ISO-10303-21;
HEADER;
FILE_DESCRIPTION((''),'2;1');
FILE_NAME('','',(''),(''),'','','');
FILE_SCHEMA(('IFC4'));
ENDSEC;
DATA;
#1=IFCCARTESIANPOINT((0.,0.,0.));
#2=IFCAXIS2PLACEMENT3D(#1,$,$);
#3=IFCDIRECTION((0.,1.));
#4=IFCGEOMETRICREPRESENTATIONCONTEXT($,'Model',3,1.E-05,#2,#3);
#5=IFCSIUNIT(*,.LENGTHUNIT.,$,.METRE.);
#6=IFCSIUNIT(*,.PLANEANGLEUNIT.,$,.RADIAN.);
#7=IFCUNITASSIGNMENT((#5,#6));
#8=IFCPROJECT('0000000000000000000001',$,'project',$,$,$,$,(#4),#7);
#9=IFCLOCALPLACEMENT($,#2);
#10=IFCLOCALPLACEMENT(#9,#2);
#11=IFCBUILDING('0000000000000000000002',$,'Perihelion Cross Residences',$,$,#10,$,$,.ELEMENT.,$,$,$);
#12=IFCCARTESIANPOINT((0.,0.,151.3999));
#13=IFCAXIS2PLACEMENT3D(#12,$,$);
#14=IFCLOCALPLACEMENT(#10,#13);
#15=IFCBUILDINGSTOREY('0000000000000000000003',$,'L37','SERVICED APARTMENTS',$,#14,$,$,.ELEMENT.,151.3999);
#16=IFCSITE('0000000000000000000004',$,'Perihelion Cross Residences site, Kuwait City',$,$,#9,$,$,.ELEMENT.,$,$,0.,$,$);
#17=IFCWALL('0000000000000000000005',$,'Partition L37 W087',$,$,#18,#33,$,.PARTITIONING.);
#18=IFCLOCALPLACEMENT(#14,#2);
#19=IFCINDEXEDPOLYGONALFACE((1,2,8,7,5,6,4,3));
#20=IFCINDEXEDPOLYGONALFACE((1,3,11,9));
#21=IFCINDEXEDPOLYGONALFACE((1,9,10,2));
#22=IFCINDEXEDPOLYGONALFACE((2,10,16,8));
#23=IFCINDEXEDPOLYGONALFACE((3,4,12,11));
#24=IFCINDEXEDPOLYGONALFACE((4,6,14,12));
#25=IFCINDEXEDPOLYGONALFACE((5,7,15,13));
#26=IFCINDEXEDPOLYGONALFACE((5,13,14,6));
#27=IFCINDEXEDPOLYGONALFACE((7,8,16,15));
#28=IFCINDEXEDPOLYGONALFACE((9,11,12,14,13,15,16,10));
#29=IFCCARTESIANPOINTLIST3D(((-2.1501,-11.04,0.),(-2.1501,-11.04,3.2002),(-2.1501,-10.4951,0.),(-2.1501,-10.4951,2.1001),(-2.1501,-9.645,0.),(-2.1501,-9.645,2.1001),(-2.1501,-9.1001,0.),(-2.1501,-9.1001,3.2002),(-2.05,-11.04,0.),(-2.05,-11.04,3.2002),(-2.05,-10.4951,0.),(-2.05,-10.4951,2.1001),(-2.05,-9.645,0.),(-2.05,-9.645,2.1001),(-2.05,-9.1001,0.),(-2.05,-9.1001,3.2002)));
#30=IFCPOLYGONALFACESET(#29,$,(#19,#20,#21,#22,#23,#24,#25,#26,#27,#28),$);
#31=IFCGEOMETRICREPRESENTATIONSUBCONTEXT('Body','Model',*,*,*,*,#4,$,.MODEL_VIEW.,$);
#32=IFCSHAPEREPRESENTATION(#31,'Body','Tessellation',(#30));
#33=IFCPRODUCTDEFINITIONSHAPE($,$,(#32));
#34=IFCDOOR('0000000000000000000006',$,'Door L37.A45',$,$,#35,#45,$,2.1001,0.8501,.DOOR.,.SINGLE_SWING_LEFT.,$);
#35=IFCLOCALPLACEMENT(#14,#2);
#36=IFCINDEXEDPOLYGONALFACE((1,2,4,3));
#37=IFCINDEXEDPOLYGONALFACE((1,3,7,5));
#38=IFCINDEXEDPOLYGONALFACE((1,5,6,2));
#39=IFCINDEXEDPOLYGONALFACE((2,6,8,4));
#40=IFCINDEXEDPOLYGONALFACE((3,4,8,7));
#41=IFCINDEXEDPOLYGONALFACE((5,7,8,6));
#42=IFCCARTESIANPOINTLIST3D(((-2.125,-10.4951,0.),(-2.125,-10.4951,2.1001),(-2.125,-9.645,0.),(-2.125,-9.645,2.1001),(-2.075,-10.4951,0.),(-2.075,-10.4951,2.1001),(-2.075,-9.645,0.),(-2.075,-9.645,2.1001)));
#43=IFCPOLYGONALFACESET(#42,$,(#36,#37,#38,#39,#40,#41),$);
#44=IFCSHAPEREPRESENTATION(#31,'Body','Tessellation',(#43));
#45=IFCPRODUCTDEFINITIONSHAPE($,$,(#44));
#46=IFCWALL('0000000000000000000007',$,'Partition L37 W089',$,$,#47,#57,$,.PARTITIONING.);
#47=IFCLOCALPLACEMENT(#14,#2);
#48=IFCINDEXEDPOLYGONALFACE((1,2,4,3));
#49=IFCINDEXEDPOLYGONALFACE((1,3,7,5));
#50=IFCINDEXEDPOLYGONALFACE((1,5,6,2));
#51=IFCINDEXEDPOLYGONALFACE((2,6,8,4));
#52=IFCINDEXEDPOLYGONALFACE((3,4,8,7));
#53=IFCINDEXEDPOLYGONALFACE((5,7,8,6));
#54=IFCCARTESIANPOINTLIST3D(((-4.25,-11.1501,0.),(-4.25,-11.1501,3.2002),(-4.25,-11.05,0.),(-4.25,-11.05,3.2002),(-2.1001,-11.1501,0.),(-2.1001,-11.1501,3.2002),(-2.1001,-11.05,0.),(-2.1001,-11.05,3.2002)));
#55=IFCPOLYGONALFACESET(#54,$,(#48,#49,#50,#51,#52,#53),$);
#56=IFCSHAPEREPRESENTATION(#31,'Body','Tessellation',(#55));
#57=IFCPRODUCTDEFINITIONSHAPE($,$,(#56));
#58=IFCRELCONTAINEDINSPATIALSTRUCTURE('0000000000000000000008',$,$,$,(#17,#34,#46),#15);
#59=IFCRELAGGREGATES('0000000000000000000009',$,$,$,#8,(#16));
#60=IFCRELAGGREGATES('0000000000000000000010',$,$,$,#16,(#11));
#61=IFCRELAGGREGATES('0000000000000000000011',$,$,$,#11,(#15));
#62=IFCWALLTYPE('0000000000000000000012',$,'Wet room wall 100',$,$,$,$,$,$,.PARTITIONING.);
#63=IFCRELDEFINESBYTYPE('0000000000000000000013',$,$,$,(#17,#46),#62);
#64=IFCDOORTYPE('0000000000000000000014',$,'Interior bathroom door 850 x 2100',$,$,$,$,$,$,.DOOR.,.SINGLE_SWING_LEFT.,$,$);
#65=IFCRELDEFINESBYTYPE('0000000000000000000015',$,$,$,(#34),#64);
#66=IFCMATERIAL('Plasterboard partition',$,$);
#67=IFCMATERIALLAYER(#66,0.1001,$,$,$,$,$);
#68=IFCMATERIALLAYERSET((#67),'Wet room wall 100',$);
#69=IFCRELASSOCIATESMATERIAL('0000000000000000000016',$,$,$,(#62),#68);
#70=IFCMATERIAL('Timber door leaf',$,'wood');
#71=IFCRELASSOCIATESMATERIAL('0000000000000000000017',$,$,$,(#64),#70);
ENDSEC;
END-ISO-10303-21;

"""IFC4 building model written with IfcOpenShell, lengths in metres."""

from ifc_helpers import new_model, si_unit, direction, frame, frame_2d, origin, place, context, subcontext, project, spatial, rectangle, extrude, material, layer, layer_set, type_object, element, fill, save


model = new_model("IFC4")

# Units and contexts
model_context = context("Model", 3, precision=1e-05, world=origin(), true_north=direction((0.0, 1.0)))
body_context = subcontext(model_context, "Body", "Model", "MODEL_VIEW")
ifc_project = project(units=[si_unit("LENGTHUNIT", "METRE"), si_unit("PLANEANGLEUNIT", "RADIAN")], contexts=[model_context])

# Site, building, storey
site_placement = place(None, origin())
site = spatial("IfcSite", under=ifc_project, at=site_placement, Name="Perihelion Cross Residences site, Kuwait City", CompositionType="ELEMENT", RefElevation=0.0)
building_placement = place(site_placement, origin())
building = spatial("IfcBuilding", under=site, at=building_placement, Name="Perihelion Cross Residences", CompositionType="ELEMENT")
storey_placement = place(building_placement, frame((0.0, 0.0, 151.3999)))
storey = spatial("IfcBuildingStorey", under=building, at=storey_placement, Name="L37", Description="SERVICED APARTMENTS", CompositionType="ELEMENT", Elevation=151.3999)

# Wall, opening, door
ifc_material_1 = material(Name="Plasterboard partition")
ifc_layer_1 = layer(ifc_material_1, 0.1001)
ifc_layer_set_1 = layer_set([ifc_layer_1], Name="Wet room wall 100")
wall_type_1 = type_object("IfcWallType", Name="Wet room wall 100", PredefinedType="PARTITIONING", material=ifc_layer_set_1)
wall_1_placement = place(storey_placement, frame((-2.1001, -11.04, 0.0), z_axis=(0.0, 0.0, 1.0), x_axis=(0.0, 1.0, 0.0)))
wall_1 = element("IfcWall", 1, at=wall_1_placement, inside=storey, type_object=wall_type_1, Name="Partition L37 W087", PredefinedType="PARTITIONING", context=body_context, shape_type="SweptSolid", body=[
    extrude(rectangle(XDim=1.9399, YDim=0.1001, at=frame_2d((0.97, 0.0))), origin(), (0.0, 0.0, 1.0), 3.2002),
])
opening_1_placement = place(wall_1_placement, frame((0.5449, 0.0, 0.0)))
opening_1 = element("IfcOpeningElement", 2, at=opening_1_placement, cuts=wall_1, PredefinedType="OPENING", context=body_context, shape_type="SweptSolid", body=[
    extrude(rectangle(XDim=0.8501, YDim=2.1001, at=frame_2d((0.425, 1.05))), frame((0.0, 0.0601, 0.0), z_axis=(0.0, -1.0, 0.0), x_axis=(1.0, 0.0, 0.0)), (0.0, 0.0, 1.0), 0.1201),
])
ifc_material_2 = material(Name="Timber door leaf", Category="wood")
door_type_1 = type_object("IfcDoorType", Name="Interior bathroom door 850 x 2100", OperationType="SINGLE_SWING_LEFT", PredefinedType="DOOR", material=ifc_material_2)
door_1_placement = place(opening_1_placement, origin())
door_1 = element("IfcDoor", 3, at=door_1_placement, inside=storey, type_object=door_type_1, Name="Door L37.A45", OperationType="SINGLE_SWING_LEFT", OverallHeight=2.1001, OverallWidth=0.8501, PredefinedType="DOOR", context=body_context, shape_type="SweptSolid", body=[
    extrude(rectangle(XDim=0.8501, YDim=2.1001, at=frame_2d((0.425, 1.05))), frame((0.0, 0.0249, 0.0), z_axis=(0.0, -1.0, 0.0), x_axis=(1.0, 0.0, 0.0)), (0.0, 0.0, 1.0), 0.05),
])
fill(opening_1, door_1)

# Wall
wall_2_placement = place(storey_placement, frame((-2.1001, -11.1001, 0.0), z_axis=(0.0, 0.0, 1.0), x_axis=(-1.0, 0.0, 0.0)))
element("IfcWall", 4, at=wall_2_placement, inside=storey, type_object=wall_type_1, Name="Partition L37 W089", PredefinedType="PARTITIONING", context=body_context, shape_type="SweptSolid", body=[
    extrude(rectangle(XDim=2.1499, YDim=0.1001, at=frame_2d((1.075, 0.0))), origin(), (0.0, 0.0, 1.0), 3.2002),
])

save(model, "model.ifc")
